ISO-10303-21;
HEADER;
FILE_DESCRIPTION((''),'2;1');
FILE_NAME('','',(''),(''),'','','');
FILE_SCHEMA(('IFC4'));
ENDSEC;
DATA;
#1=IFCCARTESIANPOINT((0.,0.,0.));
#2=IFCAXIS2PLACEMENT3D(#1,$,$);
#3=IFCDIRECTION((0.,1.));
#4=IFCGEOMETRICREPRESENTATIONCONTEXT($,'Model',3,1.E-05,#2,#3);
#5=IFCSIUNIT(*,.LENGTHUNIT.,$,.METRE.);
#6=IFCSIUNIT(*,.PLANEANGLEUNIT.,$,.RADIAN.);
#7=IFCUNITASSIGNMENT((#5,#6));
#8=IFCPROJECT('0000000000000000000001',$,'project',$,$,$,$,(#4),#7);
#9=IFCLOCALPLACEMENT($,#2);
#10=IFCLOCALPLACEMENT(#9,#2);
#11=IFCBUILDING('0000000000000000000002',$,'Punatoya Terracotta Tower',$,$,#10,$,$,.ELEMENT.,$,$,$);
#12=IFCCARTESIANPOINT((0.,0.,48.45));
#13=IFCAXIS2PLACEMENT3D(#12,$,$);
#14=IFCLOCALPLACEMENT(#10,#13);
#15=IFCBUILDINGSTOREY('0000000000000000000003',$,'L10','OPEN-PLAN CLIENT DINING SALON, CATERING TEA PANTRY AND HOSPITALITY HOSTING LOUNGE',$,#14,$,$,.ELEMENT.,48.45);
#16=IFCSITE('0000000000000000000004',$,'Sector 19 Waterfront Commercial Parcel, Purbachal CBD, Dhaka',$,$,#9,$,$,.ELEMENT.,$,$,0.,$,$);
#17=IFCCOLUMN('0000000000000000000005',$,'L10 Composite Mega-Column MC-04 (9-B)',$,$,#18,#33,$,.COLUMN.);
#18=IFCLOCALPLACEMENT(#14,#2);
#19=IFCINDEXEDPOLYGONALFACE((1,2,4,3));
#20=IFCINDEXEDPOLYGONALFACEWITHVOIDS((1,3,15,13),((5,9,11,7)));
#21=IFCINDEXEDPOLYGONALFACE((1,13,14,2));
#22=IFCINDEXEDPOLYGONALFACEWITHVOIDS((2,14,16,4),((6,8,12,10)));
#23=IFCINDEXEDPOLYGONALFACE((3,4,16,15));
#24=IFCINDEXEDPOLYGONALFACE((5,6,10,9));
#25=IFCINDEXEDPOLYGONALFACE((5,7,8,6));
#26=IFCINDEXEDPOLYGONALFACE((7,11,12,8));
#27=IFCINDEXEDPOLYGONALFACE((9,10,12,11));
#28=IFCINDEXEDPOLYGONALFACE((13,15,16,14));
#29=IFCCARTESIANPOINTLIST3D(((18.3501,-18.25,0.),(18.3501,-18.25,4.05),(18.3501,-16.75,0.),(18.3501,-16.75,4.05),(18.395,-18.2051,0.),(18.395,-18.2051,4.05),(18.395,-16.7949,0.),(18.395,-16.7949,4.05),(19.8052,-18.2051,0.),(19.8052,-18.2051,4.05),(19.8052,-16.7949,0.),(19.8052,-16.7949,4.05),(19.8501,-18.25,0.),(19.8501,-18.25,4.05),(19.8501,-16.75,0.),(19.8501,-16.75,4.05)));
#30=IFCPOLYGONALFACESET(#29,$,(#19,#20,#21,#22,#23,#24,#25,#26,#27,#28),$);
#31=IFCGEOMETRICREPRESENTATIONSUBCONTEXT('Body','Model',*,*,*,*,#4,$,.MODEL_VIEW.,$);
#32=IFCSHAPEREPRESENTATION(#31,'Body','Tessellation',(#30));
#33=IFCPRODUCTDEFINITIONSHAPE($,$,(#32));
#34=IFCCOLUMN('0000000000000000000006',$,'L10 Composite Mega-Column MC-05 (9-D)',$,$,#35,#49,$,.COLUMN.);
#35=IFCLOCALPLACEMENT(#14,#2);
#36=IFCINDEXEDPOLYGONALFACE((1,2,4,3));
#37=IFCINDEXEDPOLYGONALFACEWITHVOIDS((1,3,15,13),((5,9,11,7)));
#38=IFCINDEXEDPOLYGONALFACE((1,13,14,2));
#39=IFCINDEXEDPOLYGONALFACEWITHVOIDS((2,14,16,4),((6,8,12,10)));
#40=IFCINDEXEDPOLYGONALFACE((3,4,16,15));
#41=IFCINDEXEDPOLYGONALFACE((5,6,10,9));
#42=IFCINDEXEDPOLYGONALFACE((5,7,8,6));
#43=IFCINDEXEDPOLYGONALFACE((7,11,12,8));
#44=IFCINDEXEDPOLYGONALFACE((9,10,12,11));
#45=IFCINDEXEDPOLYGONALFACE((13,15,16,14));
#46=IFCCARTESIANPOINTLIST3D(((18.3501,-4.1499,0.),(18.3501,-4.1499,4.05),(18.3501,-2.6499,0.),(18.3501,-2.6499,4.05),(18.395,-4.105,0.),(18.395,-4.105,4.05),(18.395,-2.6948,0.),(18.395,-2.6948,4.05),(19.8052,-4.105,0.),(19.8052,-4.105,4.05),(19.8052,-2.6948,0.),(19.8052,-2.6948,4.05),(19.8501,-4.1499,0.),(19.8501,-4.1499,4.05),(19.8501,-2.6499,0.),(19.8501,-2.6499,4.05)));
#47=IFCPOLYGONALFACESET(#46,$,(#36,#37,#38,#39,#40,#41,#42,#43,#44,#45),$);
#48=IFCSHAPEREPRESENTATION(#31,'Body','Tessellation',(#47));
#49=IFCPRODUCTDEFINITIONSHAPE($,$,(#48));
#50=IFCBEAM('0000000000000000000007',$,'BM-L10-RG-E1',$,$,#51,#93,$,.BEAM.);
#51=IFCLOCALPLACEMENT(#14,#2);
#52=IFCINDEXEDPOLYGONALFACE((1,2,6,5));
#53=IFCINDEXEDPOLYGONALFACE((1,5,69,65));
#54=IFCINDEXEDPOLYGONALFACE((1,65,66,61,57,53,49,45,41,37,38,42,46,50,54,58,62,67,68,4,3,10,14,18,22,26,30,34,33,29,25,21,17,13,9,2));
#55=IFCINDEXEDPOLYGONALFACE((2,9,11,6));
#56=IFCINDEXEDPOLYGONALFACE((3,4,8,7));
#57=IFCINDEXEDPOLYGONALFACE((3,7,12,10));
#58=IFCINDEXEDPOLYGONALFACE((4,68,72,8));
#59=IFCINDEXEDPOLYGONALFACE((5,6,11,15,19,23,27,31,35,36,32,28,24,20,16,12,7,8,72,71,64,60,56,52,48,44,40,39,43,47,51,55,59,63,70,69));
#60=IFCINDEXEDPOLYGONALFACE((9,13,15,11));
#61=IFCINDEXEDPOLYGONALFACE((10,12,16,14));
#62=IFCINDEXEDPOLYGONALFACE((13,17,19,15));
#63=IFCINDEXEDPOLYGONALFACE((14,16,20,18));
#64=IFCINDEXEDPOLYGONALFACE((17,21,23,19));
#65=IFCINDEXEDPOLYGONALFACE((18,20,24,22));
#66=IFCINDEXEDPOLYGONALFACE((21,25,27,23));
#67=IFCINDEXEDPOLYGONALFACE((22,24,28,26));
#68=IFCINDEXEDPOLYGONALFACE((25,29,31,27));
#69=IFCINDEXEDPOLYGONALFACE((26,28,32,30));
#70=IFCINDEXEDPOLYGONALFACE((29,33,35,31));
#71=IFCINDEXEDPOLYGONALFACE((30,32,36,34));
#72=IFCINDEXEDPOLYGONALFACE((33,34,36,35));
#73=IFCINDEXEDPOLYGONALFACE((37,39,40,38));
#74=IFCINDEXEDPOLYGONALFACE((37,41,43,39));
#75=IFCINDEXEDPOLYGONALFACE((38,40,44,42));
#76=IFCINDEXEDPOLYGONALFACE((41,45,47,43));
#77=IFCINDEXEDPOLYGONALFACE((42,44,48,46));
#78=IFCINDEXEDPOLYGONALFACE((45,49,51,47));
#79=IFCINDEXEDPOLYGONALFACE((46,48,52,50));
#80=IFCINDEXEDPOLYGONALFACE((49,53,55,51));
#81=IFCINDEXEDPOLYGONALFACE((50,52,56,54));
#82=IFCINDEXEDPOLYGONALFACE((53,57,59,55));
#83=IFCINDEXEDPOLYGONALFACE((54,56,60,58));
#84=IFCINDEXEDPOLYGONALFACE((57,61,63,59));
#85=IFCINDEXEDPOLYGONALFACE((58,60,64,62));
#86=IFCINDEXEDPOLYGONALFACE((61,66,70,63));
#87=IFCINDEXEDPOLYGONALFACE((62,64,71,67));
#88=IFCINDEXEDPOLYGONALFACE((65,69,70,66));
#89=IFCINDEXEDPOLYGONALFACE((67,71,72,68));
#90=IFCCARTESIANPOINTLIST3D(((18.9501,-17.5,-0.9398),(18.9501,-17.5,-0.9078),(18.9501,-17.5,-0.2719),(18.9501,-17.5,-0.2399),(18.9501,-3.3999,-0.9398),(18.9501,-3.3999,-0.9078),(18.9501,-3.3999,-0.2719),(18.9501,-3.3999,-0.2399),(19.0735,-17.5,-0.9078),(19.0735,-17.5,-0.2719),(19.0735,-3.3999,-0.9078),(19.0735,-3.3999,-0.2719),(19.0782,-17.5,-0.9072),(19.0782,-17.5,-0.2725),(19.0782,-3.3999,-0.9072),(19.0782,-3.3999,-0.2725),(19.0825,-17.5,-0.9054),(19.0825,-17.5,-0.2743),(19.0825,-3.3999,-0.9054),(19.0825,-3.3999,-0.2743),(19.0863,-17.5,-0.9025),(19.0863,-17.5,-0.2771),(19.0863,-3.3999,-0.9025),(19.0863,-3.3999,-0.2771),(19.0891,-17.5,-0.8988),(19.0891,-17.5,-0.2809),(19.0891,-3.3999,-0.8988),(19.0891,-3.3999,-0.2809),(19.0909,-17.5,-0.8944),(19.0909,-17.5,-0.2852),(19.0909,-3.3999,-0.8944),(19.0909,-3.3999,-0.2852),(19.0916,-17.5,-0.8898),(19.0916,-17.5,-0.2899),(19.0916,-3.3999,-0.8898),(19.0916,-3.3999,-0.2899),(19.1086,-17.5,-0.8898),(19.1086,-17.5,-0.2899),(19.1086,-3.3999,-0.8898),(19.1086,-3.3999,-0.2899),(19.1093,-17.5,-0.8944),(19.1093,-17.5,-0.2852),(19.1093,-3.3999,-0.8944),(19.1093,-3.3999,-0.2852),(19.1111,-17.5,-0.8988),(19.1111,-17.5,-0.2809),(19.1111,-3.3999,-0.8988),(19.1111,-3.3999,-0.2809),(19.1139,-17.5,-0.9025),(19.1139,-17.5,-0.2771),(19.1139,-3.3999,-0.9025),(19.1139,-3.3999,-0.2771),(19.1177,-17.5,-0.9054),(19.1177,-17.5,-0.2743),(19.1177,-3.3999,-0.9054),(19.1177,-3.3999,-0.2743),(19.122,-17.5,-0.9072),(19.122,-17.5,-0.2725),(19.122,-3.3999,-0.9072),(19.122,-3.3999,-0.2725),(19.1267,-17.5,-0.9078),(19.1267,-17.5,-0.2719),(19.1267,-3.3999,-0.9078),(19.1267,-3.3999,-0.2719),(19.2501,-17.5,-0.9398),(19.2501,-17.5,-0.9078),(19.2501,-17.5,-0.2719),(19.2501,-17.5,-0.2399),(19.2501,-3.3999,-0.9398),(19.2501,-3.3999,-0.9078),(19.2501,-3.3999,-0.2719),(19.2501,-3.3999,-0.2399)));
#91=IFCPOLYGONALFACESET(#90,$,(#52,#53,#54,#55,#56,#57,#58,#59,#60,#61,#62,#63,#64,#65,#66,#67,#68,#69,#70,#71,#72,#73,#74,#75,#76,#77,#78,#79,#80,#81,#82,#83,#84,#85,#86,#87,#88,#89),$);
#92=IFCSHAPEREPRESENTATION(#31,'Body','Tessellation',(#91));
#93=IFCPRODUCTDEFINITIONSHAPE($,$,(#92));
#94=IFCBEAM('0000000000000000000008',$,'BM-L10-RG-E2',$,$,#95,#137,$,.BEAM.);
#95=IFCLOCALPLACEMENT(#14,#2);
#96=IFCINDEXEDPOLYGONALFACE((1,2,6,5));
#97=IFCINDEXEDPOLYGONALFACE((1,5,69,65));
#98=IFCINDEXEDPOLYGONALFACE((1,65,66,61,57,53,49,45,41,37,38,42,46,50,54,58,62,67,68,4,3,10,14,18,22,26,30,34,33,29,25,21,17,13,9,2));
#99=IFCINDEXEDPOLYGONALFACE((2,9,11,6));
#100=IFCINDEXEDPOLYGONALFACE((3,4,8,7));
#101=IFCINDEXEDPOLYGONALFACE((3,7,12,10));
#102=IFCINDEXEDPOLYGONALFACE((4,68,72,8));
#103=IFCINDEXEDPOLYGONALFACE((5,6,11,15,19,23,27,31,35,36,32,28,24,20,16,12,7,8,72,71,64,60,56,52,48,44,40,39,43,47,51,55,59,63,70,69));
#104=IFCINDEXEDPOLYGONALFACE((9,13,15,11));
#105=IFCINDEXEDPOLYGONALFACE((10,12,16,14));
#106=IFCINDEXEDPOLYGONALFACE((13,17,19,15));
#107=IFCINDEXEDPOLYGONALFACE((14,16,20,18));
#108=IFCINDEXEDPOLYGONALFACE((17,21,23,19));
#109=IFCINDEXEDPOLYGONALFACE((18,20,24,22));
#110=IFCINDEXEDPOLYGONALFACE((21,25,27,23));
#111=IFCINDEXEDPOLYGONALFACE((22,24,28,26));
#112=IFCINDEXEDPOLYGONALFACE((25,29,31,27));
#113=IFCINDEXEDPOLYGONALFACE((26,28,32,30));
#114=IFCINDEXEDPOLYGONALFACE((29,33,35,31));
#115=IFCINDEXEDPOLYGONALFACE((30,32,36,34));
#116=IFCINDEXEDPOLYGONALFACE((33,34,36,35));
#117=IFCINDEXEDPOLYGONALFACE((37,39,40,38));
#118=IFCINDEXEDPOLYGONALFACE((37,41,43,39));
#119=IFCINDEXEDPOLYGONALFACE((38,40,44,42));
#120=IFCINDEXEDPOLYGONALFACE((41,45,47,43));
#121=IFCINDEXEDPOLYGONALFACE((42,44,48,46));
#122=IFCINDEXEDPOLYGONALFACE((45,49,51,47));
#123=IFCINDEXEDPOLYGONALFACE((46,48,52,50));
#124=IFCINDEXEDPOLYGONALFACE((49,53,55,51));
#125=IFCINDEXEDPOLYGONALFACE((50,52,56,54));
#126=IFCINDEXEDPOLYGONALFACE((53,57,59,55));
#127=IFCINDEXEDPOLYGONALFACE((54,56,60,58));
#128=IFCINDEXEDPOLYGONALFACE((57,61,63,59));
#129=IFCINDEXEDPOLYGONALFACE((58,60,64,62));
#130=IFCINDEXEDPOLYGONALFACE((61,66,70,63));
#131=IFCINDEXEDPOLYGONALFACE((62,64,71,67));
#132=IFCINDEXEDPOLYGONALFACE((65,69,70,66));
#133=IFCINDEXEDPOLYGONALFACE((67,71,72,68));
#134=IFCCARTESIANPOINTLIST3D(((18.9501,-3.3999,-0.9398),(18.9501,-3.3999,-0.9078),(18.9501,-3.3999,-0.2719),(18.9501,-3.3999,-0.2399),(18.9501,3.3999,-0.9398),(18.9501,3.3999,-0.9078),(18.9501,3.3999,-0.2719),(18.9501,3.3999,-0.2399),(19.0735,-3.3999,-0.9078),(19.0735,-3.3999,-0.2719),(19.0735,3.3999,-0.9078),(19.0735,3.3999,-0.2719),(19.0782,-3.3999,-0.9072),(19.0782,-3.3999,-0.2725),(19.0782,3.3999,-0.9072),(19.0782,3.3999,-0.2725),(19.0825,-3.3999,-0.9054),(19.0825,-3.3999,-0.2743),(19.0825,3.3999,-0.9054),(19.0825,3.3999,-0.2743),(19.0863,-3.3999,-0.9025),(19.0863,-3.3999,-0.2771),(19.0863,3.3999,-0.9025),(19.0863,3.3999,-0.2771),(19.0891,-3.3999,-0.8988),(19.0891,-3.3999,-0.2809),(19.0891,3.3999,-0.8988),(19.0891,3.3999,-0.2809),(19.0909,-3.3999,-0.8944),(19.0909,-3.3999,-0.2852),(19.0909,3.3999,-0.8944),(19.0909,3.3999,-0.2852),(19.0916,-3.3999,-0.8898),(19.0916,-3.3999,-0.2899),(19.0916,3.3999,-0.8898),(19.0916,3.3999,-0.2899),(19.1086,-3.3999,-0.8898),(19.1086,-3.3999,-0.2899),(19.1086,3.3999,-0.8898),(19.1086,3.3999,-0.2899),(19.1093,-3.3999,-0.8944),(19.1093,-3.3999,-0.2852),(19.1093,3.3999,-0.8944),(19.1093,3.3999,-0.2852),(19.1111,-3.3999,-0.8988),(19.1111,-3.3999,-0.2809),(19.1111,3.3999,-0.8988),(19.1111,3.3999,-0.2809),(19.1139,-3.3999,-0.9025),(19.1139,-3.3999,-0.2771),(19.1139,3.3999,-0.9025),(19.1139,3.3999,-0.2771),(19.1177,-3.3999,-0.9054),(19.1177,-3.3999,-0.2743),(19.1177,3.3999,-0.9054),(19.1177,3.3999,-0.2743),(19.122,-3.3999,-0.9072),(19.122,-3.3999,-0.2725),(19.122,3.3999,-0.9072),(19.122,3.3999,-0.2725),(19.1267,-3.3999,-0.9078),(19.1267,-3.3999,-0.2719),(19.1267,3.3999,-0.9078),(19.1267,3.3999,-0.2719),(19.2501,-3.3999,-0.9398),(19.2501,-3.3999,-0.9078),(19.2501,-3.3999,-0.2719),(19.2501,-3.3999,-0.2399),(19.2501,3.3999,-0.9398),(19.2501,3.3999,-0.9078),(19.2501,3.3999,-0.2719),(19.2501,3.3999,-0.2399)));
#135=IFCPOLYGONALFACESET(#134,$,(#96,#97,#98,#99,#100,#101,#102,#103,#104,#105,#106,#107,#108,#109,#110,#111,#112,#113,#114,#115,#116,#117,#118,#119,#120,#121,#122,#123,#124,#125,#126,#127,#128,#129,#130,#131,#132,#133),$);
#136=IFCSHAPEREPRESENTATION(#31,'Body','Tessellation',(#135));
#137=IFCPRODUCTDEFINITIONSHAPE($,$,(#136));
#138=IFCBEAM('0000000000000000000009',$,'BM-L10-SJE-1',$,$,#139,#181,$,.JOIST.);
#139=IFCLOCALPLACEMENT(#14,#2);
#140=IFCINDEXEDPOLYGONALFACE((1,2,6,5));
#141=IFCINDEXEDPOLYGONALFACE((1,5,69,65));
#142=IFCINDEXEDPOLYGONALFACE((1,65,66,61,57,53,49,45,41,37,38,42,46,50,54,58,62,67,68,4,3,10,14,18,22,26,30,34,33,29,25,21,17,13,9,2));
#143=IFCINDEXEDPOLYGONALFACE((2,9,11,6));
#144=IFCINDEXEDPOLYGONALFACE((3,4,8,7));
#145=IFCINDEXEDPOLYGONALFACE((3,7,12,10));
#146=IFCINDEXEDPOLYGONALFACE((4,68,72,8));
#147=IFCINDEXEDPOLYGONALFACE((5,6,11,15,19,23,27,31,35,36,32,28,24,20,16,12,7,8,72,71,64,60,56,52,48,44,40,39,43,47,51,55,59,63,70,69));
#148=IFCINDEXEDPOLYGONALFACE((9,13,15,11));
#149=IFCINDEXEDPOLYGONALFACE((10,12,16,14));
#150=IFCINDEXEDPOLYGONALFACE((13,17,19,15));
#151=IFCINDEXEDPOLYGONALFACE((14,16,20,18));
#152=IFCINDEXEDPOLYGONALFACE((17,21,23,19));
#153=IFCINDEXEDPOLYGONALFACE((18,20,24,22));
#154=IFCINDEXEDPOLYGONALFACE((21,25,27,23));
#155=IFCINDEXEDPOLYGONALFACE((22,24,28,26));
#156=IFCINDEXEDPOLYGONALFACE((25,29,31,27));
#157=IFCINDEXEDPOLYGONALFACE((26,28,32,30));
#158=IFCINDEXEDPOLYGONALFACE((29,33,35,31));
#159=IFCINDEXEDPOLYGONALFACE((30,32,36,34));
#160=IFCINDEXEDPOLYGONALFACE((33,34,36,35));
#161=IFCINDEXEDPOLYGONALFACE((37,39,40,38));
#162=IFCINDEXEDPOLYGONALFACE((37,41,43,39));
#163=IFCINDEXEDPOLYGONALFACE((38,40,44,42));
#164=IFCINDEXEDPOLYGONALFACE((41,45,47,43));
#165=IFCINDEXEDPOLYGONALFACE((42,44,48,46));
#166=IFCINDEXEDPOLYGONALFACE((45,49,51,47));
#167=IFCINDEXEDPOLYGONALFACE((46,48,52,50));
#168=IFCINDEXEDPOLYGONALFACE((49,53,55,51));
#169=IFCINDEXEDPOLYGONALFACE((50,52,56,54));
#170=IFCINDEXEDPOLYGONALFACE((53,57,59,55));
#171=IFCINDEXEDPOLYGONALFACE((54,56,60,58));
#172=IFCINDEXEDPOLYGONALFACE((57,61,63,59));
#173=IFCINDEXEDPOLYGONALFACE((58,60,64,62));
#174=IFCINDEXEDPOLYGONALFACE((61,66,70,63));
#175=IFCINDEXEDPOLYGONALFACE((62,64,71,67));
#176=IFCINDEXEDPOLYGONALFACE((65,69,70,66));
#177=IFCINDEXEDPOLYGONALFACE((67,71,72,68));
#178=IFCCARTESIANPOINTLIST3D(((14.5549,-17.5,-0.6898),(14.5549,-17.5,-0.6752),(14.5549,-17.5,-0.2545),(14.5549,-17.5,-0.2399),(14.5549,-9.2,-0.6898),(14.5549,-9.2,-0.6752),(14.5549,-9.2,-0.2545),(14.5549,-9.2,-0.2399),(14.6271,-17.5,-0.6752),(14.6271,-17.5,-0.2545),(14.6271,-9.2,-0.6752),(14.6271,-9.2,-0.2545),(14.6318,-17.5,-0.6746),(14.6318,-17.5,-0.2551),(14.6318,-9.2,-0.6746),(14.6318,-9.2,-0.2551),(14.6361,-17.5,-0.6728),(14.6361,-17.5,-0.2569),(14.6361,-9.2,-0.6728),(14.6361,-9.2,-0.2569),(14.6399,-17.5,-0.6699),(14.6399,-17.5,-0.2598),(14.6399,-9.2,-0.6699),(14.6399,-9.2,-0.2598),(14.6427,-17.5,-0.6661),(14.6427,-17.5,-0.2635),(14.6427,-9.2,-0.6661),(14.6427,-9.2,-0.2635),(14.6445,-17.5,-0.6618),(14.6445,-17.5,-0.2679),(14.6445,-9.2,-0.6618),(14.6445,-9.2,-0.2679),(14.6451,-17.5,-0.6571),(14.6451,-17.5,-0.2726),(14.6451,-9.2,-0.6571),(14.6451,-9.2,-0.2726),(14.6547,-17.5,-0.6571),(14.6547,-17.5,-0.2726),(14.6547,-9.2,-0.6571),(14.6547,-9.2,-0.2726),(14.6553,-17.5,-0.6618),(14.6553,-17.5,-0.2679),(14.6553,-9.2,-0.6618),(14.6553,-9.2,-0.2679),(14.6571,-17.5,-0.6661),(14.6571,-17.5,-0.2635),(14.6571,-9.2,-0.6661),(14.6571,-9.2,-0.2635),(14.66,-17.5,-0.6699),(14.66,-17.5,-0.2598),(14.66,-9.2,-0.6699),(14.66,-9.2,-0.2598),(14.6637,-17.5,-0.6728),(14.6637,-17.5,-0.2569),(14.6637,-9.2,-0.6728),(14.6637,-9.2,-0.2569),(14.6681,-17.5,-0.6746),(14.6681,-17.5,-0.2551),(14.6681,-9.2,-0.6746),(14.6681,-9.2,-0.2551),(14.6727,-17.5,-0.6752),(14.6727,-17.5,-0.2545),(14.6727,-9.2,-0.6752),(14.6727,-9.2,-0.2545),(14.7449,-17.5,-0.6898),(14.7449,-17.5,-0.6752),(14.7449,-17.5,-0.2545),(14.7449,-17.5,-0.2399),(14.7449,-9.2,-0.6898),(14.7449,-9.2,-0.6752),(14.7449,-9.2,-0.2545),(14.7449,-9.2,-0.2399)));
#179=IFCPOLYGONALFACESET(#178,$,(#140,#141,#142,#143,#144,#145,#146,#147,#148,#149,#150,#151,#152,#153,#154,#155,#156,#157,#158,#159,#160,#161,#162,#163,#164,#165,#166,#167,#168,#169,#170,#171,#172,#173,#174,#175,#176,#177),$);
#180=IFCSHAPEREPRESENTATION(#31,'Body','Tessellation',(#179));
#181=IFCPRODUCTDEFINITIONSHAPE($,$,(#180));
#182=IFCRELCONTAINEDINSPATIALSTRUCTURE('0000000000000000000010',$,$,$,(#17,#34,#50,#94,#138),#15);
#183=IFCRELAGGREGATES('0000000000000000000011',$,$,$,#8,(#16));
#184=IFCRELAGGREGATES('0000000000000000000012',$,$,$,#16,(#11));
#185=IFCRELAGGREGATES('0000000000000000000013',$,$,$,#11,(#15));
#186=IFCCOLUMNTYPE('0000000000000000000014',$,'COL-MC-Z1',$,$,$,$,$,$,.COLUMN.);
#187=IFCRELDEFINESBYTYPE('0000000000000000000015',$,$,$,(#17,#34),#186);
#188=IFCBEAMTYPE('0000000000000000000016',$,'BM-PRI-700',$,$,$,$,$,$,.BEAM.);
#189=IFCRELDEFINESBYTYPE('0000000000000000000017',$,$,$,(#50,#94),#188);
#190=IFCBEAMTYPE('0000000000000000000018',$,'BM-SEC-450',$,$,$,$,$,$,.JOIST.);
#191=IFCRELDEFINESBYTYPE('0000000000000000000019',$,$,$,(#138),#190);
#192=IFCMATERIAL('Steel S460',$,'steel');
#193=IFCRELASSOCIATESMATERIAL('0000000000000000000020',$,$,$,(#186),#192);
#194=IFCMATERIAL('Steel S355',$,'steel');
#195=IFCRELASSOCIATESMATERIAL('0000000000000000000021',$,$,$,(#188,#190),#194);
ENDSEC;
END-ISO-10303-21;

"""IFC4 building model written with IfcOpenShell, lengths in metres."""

from ifc_helpers import new_model, si_unit, direction, frame, origin, origin_2d, place, context, subcontext, project, spatial, hollow_rectangle, i_section, extrude, material, material_profile, profile_set, type_object, element, save


model = new_model("IFC4")

# Units and contexts
model_context = context("Model", 3, precision=1e-05, world=origin(), true_north=direction((0.0, 1.0)))
body_context = subcontext(model_context, "Body", "Model", "MODEL_VIEW")
ifc_project = project(units=[si_unit("LENGTHUNIT", "METRE"), si_unit("PLANEANGLEUNIT", "RADIAN")], contexts=[model_context])

# Site, building, storey
site_placement = place(None, origin())
site = spatial("IfcSite", under=ifc_project, at=site_placement, Name="Sector 19 Waterfront Commercial Parcel, Purbachal CBD, Dhaka", CompositionType="ELEMENT", RefElevation=0.0)
building_placement = place(site_placement, origin())
building = spatial("IfcBuilding", under=site, at=building_placement, Name="Punatoya Terracotta Tower", CompositionType="ELEMENT")
storey_placement = place(building_placement, frame((0.0, 0.0, 48.45)))
storey = spatial("IfcBuildingStorey", under=building, at=storey_placement, Name="L10", Description="OPEN-PLAN CLIENT DINING SALON, CATERING TEA PANTRY AND HOSPITALITY HOSTING LOUNGE", CompositionType="ELEMENT", Elevation=48.45)

# Columns
ifc_material_1 = material(Name="Steel S460", Category="steel")
ifc_material_profile_1 = material_profile(ifc_material_1, hollow_rectangle(XDim=1.5, YDim=1.5, WallThickness=0.0449, at=origin_2d()))
ifc_profile_set_1 = profile_set([ifc_material_profile_1], Name="Steel S460")
column_type = type_object("IfcColumnType", Name="COL-MC-Z1", PredefinedType="COLUMN", material=ifc_profile_set_1)
for number, where, z_axis, x_axis, name in (
    (1, (19.1001, -17.5, 0.0), (0.0, 0.0, 1.0), (1.0, 0.0, 0.0), "L10 Composite Mega-Column MC-04 (9-B)"),
    (2, (19.1001, -3.3999, 0.0), (0.0, 0.0, 1.0), (1.0, 0.0, 0.0), "L10 Composite Mega-Column MC-05 (9-D)"),
):
    element("IfcColumn", number, at=place(storey_placement, frame(where, z_axis=z_axis, x_axis=x_axis)), inside=storey, type_object=column_type, Name=name, PredefinedType="COLUMN", context=body_context, shape_type="SweptSolid", body=[
        extrude(hollow_rectangle(XDim=1.5, YDim=1.5, WallThickness=0.0449, at=origin_2d()), origin(), (0.0, 0.0, 1.0), 4.05),
    ])

# Beams
ifc_material_2 = material(Name="Steel S355", Category="steel")
ifc_material_profile_2 = material_profile(ifc_material_2, i_section(OverallWidth=0.3, OverallDepth=0.7, WebThickness=0.0171, FlangeThickness=0.032, FilletRadius=0.0181, at=origin_2d()))
ifc_profile_set_2 = profile_set([ifc_material_profile_2], Name="Steel S355")
beam_type_1 = type_object("IfcBeamType", Name="BM-PRI-700", PredefinedType="BEAM", material=ifc_profile_set_2)
beam_1_placement = place(storey_placement, frame((19.1001, -17.5, -0.5898), z_axis=(0.0, 1.0, 0.0), x_axis=(-1.0, 0.0, 0.0)))
element("IfcBeam", 3, at=beam_1_placement, inside=storey, type_object=beam_type_1, Name="BM-L10-RG-E1", PredefinedType="BEAM", context=body_context, shape_type="SweptSolid", body=[
    extrude(i_section(OverallWidth=0.3, OverallDepth=0.7, WebThickness=0.0171, FlangeThickness=0.032, FilletRadius=0.0181, at=origin_2d()), origin(), (0.0, 0.0, 1.0), 14.1001),
])
beam_2_placement = place(storey_placement, frame((19.1001, -3.3999, -0.5898), z_axis=(0.0, 1.0, 0.0), x_axis=(-1.0, 0.0, 0.0)))
element("IfcBeam", 4, at=beam_2_placement, inside=storey, type_object=beam_type_1, Name="BM-L10-RG-E2", PredefinedType="BEAM", context=body_context, shape_type="SweptSolid", body=[
    extrude(i_section(OverallWidth=0.3, OverallDepth=0.7, WebThickness=0.0171, FlangeThickness=0.032, FilletRadius=0.0181, at=origin_2d()), origin(), (0.0, 0.0, 1.0), 6.7998),
])
ifc_material_profile_3 = material_profile(ifc_material_2, i_section(OverallWidth=0.1899, OverallDepth=0.45, WebThickness=0.0095, FlangeThickness=0.0146, FilletRadius=0.0181, at=origin_2d()))
ifc_profile_set_3 = profile_set([ifc_material_profile_3], Name="Steel S355")
beam_type_2 = type_object("IfcBeamType", Name="BM-SEC-450", PredefinedType="JOIST", material=ifc_profile_set_3)
beam_3_placement = place(storey_placement, frame((14.6499, -17.5, -0.4648), z_axis=(0.0, 1.0, 0.0), x_axis=(-1.0, 0.0, 0.0)))
element("IfcBeam", 5, at=beam_3_placement, inside=storey, type_object=beam_type_2, Name="BM-L10-SJE-1", PredefinedType="JOIST", context=body_context, shape_type="SweptSolid", body=[
    extrude(i_section(OverallWidth=0.1899, OverallDepth=0.45, WebThickness=0.0095, FlangeThickness=0.0146, FilletRadius=0.0181, at=origin_2d()), origin(), (0.0, 0.0, 1.0), 8.3),
])

save(model, "model.ifc")
